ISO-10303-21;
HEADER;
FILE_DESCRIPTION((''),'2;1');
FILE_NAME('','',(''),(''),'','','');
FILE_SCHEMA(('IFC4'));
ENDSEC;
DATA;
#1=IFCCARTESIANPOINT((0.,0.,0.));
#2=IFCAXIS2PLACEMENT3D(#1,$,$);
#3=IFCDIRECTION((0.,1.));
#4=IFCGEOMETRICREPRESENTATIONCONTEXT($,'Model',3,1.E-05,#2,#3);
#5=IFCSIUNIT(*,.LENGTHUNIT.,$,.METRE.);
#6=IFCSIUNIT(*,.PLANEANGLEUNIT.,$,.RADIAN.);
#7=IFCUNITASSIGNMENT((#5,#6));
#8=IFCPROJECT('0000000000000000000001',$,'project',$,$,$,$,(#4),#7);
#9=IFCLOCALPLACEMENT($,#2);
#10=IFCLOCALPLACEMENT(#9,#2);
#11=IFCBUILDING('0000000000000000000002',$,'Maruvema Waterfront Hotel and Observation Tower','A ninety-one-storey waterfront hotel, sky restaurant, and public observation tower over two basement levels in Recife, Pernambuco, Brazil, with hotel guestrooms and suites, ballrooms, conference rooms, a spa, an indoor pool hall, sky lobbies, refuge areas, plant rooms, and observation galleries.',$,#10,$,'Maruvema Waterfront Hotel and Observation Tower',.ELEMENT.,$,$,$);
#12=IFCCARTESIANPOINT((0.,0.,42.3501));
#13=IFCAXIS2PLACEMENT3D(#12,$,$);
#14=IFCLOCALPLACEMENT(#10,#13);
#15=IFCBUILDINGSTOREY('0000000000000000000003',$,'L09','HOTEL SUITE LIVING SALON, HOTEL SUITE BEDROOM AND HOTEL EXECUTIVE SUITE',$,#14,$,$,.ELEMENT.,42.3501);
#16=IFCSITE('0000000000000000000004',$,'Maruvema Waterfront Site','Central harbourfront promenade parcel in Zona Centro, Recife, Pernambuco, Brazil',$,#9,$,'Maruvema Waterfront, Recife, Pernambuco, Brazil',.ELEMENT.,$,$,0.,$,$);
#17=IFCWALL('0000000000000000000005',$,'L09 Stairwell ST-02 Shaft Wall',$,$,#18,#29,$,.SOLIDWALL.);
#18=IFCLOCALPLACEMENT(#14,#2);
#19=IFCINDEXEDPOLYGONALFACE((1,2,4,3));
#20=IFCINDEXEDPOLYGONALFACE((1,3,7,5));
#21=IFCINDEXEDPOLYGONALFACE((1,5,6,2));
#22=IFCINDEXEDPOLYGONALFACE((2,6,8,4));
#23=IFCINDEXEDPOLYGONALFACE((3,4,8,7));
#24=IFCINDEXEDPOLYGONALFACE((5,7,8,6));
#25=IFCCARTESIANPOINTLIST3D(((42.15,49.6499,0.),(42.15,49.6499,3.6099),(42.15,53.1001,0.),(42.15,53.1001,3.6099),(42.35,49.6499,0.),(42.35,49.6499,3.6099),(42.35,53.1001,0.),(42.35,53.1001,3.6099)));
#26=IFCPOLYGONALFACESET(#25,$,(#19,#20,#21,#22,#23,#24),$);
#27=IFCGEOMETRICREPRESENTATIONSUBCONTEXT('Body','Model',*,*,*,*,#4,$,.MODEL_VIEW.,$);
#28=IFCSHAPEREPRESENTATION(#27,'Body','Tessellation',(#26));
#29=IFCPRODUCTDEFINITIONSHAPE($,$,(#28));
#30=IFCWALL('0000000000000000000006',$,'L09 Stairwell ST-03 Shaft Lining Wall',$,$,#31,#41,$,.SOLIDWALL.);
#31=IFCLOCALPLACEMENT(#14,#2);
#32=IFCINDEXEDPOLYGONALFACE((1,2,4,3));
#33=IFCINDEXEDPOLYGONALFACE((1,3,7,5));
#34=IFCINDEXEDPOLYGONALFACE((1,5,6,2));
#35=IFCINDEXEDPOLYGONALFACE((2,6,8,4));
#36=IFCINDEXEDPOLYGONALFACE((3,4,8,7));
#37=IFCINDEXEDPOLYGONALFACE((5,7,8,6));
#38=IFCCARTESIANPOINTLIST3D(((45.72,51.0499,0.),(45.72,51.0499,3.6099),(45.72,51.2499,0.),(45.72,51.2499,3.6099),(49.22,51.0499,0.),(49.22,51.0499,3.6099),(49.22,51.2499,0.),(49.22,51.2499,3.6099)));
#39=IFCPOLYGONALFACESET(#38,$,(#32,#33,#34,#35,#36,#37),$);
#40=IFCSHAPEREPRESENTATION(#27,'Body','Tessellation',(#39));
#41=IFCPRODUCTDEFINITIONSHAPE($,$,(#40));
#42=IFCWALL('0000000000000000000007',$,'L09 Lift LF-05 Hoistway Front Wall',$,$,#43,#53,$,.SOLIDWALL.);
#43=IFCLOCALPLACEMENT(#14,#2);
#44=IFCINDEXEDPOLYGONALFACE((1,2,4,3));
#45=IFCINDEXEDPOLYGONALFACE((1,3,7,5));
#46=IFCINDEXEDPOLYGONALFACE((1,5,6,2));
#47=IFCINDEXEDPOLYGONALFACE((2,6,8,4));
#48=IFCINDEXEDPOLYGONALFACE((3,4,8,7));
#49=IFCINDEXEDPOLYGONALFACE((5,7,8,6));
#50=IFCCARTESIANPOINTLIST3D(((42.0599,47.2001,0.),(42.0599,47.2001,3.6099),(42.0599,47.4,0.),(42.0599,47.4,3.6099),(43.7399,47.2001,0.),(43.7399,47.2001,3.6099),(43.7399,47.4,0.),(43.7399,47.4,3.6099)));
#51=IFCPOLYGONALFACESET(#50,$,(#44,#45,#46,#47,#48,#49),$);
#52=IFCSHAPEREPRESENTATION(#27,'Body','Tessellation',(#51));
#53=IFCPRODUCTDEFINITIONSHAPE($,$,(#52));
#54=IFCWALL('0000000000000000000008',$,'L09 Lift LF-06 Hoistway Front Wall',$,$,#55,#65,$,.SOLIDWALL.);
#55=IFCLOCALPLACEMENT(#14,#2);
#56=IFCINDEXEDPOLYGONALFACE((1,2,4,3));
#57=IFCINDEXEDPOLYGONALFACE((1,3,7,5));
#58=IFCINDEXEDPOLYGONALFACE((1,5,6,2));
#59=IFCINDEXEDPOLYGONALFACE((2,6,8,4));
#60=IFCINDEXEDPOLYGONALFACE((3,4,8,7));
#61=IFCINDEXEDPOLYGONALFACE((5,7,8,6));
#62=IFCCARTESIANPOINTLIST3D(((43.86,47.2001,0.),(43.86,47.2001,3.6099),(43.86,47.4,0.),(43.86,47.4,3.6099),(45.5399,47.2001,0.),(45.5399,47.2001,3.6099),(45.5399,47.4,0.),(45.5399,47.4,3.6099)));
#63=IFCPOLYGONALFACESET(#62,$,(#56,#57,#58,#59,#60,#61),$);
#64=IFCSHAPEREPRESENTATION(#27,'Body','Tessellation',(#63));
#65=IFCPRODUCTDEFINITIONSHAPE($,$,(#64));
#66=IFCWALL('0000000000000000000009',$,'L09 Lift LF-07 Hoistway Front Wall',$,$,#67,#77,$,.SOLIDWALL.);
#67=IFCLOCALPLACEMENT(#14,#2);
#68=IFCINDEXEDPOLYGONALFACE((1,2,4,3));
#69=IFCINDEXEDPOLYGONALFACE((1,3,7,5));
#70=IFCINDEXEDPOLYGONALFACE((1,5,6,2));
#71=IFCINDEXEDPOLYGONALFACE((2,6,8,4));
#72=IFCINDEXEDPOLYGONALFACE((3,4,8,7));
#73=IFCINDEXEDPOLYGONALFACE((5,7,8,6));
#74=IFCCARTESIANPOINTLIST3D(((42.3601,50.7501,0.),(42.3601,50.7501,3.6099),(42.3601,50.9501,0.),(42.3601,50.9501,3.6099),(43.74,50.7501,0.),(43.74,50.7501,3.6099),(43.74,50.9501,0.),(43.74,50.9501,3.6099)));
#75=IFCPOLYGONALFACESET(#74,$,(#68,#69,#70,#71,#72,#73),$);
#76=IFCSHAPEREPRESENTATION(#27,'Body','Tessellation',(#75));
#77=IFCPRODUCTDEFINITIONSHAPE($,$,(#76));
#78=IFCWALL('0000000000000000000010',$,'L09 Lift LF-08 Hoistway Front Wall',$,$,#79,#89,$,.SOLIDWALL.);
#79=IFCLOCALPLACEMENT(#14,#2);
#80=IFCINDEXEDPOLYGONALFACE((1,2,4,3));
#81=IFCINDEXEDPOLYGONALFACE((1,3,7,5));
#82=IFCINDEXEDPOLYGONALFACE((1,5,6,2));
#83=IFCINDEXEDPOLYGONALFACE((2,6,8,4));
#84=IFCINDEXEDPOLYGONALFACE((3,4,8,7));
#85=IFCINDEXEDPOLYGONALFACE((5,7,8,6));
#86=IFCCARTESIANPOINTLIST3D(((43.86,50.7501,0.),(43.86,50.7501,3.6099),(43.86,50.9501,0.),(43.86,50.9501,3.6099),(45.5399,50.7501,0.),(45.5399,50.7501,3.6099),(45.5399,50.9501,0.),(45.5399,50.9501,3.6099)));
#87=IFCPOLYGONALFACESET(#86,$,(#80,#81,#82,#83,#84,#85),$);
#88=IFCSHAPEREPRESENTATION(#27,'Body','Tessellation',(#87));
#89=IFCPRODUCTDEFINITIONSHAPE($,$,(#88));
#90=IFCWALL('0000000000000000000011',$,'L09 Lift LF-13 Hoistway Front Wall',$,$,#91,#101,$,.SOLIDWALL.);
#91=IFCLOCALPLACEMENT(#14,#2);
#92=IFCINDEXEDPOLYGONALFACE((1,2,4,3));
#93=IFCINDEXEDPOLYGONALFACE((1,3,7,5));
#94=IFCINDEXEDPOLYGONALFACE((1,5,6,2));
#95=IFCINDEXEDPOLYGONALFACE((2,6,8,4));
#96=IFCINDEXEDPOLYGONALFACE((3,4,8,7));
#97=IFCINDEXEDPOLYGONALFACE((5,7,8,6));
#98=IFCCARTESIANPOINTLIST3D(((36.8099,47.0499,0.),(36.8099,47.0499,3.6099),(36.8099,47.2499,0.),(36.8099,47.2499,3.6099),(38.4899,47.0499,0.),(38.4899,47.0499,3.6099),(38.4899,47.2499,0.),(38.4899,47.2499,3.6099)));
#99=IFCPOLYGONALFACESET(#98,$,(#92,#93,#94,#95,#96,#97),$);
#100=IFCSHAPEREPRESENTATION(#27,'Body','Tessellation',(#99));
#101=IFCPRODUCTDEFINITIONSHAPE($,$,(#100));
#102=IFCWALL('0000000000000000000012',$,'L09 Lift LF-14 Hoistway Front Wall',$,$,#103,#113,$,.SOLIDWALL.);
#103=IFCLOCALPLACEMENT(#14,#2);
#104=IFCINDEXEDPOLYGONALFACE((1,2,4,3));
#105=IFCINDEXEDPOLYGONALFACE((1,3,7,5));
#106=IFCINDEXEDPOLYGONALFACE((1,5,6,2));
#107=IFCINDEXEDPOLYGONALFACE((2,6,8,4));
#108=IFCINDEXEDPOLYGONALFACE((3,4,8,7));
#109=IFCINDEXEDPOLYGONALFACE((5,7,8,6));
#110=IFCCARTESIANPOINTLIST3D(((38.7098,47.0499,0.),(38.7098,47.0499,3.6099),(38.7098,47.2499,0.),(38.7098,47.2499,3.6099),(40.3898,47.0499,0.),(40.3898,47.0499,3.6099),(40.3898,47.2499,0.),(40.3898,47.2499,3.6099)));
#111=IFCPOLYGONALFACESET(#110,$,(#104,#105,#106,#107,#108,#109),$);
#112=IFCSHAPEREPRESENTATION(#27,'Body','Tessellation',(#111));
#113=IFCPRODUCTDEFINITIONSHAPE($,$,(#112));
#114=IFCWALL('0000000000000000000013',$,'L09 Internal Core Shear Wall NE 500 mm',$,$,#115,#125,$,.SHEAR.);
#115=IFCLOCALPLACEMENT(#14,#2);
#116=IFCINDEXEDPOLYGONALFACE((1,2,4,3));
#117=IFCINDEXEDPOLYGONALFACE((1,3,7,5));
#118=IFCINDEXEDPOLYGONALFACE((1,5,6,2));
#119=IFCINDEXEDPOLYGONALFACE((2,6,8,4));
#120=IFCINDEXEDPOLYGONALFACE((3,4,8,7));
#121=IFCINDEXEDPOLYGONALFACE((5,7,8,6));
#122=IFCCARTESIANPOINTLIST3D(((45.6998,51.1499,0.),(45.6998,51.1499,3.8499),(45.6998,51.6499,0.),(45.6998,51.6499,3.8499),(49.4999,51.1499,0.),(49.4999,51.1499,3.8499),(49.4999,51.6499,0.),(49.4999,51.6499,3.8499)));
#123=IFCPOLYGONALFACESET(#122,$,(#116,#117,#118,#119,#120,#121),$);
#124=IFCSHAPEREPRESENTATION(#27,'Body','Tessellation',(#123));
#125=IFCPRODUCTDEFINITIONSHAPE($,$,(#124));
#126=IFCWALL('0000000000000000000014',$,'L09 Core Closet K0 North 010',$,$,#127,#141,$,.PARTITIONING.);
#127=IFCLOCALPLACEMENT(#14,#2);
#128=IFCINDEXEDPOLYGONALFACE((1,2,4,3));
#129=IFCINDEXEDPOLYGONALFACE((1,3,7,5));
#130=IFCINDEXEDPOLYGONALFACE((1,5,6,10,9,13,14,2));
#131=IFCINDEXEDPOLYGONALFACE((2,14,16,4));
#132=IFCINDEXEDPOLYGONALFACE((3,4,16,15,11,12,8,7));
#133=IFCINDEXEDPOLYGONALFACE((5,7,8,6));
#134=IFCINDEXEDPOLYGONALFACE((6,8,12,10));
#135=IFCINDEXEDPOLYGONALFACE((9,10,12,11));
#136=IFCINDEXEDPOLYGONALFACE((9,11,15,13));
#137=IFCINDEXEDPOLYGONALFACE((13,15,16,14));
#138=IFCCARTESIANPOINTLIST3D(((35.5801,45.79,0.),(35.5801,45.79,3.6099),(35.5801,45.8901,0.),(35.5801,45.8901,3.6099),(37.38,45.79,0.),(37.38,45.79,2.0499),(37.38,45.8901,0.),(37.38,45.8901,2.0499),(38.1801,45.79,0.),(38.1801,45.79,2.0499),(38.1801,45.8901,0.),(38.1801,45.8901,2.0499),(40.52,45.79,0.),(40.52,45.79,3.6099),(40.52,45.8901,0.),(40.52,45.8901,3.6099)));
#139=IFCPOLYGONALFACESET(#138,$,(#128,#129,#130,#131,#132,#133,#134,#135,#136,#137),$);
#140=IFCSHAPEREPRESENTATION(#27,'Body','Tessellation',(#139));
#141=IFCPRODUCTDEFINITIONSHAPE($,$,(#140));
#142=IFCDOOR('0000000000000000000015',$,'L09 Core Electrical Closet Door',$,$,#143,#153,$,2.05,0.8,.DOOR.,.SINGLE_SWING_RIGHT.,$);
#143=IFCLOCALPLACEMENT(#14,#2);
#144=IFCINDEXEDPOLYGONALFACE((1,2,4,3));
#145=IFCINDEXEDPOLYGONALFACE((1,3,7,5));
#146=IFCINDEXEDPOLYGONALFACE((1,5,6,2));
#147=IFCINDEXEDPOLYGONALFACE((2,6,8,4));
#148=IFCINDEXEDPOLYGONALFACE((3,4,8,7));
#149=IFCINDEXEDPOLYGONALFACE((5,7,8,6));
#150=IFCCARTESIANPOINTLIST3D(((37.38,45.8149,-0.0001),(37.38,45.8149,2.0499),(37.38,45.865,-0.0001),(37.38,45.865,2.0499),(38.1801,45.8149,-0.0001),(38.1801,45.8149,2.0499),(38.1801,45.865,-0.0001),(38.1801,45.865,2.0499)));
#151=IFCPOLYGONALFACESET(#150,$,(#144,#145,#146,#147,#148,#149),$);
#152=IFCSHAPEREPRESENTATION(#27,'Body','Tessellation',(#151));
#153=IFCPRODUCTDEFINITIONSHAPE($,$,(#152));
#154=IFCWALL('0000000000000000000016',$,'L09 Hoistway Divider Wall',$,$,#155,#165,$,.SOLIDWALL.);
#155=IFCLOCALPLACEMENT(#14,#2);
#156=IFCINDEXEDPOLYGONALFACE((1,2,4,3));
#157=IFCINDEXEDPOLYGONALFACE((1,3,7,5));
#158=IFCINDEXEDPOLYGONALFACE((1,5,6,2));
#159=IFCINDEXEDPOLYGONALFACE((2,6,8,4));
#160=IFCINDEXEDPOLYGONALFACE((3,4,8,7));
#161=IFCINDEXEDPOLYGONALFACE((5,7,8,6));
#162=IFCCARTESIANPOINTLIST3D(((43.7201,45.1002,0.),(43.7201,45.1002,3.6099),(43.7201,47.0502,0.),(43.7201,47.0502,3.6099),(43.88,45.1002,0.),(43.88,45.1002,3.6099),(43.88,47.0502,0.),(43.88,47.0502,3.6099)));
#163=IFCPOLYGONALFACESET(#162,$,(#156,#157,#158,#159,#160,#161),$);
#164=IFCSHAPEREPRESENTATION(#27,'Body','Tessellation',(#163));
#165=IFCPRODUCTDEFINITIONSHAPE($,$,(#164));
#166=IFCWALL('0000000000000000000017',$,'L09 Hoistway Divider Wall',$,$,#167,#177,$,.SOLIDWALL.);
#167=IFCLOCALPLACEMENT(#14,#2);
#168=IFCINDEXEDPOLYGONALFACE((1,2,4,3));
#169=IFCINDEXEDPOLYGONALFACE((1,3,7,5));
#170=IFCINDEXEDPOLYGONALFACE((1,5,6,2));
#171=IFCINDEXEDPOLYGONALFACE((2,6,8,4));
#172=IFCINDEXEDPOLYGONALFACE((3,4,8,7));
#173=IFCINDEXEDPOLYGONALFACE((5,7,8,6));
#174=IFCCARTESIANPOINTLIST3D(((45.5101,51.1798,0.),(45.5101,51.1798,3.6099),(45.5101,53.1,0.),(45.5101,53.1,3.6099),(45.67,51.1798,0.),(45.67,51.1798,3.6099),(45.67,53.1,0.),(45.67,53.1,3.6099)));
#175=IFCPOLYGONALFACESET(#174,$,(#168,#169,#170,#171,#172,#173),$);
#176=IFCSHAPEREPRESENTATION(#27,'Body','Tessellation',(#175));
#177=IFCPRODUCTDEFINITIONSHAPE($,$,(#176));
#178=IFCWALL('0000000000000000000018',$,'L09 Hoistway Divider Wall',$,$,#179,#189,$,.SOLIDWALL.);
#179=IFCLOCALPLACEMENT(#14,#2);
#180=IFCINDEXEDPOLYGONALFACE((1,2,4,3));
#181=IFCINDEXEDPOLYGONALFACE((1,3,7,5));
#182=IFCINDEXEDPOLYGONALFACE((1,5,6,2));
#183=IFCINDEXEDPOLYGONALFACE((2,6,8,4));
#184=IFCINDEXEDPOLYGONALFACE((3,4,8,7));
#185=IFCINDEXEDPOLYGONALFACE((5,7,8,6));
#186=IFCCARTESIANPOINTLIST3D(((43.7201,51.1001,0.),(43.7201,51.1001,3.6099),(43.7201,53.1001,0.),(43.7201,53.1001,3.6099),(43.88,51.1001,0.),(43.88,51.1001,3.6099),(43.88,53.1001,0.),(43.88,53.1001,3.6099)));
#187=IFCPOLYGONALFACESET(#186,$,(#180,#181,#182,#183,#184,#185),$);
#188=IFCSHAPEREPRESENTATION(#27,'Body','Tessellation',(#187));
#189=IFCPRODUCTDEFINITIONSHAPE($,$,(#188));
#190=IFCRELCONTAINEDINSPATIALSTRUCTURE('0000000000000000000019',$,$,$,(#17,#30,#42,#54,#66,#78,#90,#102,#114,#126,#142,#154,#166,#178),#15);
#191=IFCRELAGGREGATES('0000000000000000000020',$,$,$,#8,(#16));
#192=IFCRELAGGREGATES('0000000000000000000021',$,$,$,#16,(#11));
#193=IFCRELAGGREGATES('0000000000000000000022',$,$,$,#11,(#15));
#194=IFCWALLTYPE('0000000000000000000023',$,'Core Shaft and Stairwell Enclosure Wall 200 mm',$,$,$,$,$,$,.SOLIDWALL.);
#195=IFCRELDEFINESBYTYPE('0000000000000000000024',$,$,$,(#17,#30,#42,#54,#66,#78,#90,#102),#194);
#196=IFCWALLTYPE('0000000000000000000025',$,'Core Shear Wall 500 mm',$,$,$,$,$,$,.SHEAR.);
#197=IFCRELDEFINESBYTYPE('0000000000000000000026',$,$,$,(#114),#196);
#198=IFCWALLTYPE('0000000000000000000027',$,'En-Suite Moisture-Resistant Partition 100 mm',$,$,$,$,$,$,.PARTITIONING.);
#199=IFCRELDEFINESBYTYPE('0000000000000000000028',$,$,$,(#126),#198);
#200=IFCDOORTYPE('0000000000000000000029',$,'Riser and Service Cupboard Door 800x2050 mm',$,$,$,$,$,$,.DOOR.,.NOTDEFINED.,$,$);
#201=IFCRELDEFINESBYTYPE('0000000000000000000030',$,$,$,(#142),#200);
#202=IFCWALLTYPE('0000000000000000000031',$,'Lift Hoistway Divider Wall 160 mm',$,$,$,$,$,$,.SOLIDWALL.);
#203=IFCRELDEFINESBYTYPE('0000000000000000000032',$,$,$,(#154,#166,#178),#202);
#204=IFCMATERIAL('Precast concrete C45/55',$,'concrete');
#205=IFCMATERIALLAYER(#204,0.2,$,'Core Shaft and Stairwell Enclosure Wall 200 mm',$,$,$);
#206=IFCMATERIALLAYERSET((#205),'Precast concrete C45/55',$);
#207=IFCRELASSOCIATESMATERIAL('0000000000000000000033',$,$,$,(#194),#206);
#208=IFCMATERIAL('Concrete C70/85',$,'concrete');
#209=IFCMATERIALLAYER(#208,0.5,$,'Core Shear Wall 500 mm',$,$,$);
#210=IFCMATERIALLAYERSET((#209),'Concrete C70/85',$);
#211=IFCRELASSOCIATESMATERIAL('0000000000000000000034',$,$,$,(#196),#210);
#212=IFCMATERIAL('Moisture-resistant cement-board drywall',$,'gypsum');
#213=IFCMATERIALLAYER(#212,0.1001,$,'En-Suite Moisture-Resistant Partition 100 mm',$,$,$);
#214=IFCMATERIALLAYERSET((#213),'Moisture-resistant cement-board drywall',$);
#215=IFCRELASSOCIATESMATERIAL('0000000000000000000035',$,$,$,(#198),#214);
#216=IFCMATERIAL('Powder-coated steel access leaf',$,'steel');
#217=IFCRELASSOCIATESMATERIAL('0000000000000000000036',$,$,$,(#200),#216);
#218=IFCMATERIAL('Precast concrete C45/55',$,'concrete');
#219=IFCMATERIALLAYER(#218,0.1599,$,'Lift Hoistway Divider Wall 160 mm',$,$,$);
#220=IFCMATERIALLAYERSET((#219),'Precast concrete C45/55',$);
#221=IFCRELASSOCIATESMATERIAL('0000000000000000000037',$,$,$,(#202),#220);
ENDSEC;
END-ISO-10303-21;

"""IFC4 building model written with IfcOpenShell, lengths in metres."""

from ifc_helpers import new_model, si_unit, direction, frame, frame_2d, origin, place, context, subcontext, project, spatial, rectangle, extrude, material, layer, layer_set, type_object, element, fill, save


model = new_model("IFC4")

# Units and contexts
model_context = context("Model", 3, precision=1e-05, world=origin(), true_north=direction((0.0, 1.0)))
body_context = subcontext(model_context, "Body", "Model", "MODEL_VIEW")
ifc_project = project(units=[si_unit("LENGTHUNIT", "METRE"), si_unit("PLANEANGLEUNIT", "RADIAN")], contexts=[model_context])

# Site, building, storey
site_placement = place(None, origin())
site = spatial("IfcSite", under=ifc_project, at=site_placement, Name="Maruvema Waterfront Site", Description="Central harbourfront promenade parcel in Zona Centro, Recife, Pernambuco, Brazil", LongName="Maruvema Waterfront, Recife, Pernambuco, Brazil", CompositionType="ELEMENT", RefElevation=0.0)
building_placement = place(site_placement, origin())
building = spatial("IfcBuilding", under=site, at=building_placement, Name="Maruvema Waterfront Hotel and Observation Tower", Description="A ninety-one-storey waterfront hotel, sky restaurant, and public observation tower over two basement levels in Recife, Pernambuco, Brazil, with hotel guestrooms and suites, ballrooms, conference rooms, a spa, an indoor pool hall, sky lobbies, refuge areas, plant rooms, and observation galleries.", LongName="Maruvema Waterfront Hotel and Observation Tower", CompositionType="ELEMENT")
storey_placement = place(building_placement, frame((0.0, 0.0, 42.3501)))
storey = spatial("IfcBuildingStorey", under=building, at=storey_placement, Name="L09", Description="HOTEL SUITE LIVING SALON, HOTEL SUITE BEDROOM AND HOTEL EXECUTIVE SUITE", CompositionType="ELEMENT", Elevation=42.3501)

# Walls
ifc_material_1 = material(Name="Precast concrete C45/55", Category="concrete")
ifc_layer_1 = layer(ifc_material_1, 0.2, Name="Core Shaft and Stairwell Enclosure Wall 200 mm")
ifc_layer_set_1 = layer_set([ifc_layer_1], Name="Precast concrete C45/55")
wall_type_1 = type_object("IfcWallType", Name="Core Shaft and Stairwell Enclosure Wall 200 mm", PredefinedType="SOLIDWALL", material=ifc_layer_set_1)
wall_1_placement = place(storey_placement, frame((42.25, 49.6499, 0.0), z_axis=(0.0, 0.0, 1.0), x_axis=(0.0, 1.0, 0.0)))
element("IfcWall", 1, at=wall_1_placement, inside=storey, type_object=wall_type_1, Name="L09 Stairwell ST-02 Shaft Wall", PredefinedType="SOLIDWALL", context=body_context, shape_type="SweptSolid", body=[
    extrude(rectangle(XDim=3.4502, YDim=0.2, at=frame_2d((1.7251, 0.0))), origin(), (0.0, 0.0, 1.0), 3.6099),
])
wall_2_placement = place(storey_placement, frame((45.72, 51.1499, 0.0), z_axis=(0.0, 0.0, 1.0), x_axis=(1.0, 0.0, 0.0)))
element("IfcWall", 2, at=wall_2_placement, inside=storey, type_object=wall_type_1, Name="L09 Stairwell ST-03 Shaft Lining Wall", PredefinedType="SOLIDWALL", context=body_context, shape_type="SweptSolid", body=[
    extrude(rectangle(XDim=3.5, YDim=0.2, at=frame_2d((1.75, 0.0))), origin(), (0.0, 0.0, 1.0), 3.6099),
])
for number, where, z_axis, x_axis, name in (
    (3, (42.0601, 47.3, 0.0), (0.0, 0.0, 1.0), (1.0, 0.0, 0.0), "L09 Lift LF-05 Hoistway Front Wall"),
    (4, (43.8601, 47.3, 0.0), (0.0, 0.0, 1.0), (1.0, 0.0, 0.0), "L09 Lift LF-06 Hoistway Front Wall"),
):
    element("IfcWall", number, at=place(storey_placement, frame(where, z_axis=z_axis, x_axis=x_axis)), inside=storey, type_object=wall_type_1, Name=name, PredefinedType="SOLIDWALL", context=body_context, shape_type="SweptSolid", body=[
        extrude(rectangle(XDim=1.6799, YDim=0.2, at=frame_2d((0.8398, 0.0))), origin(), (0.0, 0.0, 1.0), 3.6099),
    ])
wall_3_placement = place(storey_placement, frame((42.3601, 50.8501, 0.0), z_axis=(0.0, 0.0, 1.0), x_axis=(1.0, 0.0, 0.0)))
element("IfcWall", 5, at=wall_3_placement, inside=storey, type_object=wall_type_1, Name="L09 Lift LF-07 Hoistway Front Wall", PredefinedType="SOLIDWALL", context=body_context, shape_type="SweptSolid", body=[
    extrude(rectangle(XDim=1.3799, YDim=0.2, at=frame_2d((0.6899, 0.0))), origin(), (0.0, 0.0, 1.0), 3.6099),
])
for number, where, z_axis, x_axis, name in (
    (6, (43.8601, 50.8501, 0.0), (0.0, 0.0, 1.0), (1.0, 0.0, 0.0), "L09 Lift LF-08 Hoistway Front Wall"),
    (7, (36.8101, 47.1499, 0.0), (0.0, 0.0, 1.0), (1.0, 0.0, 0.0), "L09 Lift LF-13 Hoistway Front Wall"),
    (8, (38.71, 47.1499, 0.0), (0.0, 0.0, 1.0), (1.0, 0.0, 0.0), "L09 Lift LF-14 Hoistway Front Wall"),
):
    element("IfcWall", number, at=place(storey_placement, frame(where, z_axis=z_axis, x_axis=x_axis)), inside=storey, type_object=wall_type_1, Name=name, PredefinedType="SOLIDWALL", context=body_context, shape_type="SweptSolid", body=[
        extrude(rectangle(XDim=1.6799, YDim=0.2, at=frame_2d((0.8398, 0.0))), origin(), (0.0, 0.0, 1.0), 3.6099),
    ])
ifc_material_2 = material(Name="Concrete C70/85", Category="concrete")
ifc_layer_2 = layer(ifc_material_2, 0.5, Name="Core Shear Wall 500 mm")
ifc_layer_set_2 = layer_set([ifc_layer_2], Name="Concrete C70/85")
wall_type_2 = type_object("IfcWallType", Name="Core Shear Wall 500 mm", PredefinedType="SHEAR", material=ifc_layer_set_2)
wall_4_placement = place(storey_placement, frame((45.7, 51.3999, 0.0), z_axis=(0.0, 0.0, 1.0), x_axis=(1.0, 0.0, 0.0)))
element("IfcWall", 9, at=wall_4_placement, inside=storey, type_object=wall_type_2, Name="L09 Internal Core Shear Wall NE 500 mm", PredefinedType="SHEAR", context=body_context, shape_type="SweptSolid", body=[
    extrude(rectangle(XDim=3.8, YDim=0.5, at=frame_2d((1.8999, 0.0))), origin(), (0.0, 0.0, 1.0), 3.8499),
])

# Wall, opening, door
ifc_material_3 = material(Name="Moisture-resistant cement-board drywall", Category="gypsum")
ifc_layer_3 = layer(ifc_material_3, 0.1001, Name="En-Suite Moisture-Resistant Partition 100 mm")
ifc_layer_set_3 = layer_set([ifc_layer_3], Name="Moisture-resistant cement-board drywall")
wall_type_3 = type_object("IfcWallType", Name="En-Suite Moisture-Resistant Partition 100 mm", PredefinedType="PARTITIONING", material=ifc_layer_set_3)
wall_5_placement = place(storey_placement, frame((35.5801, 45.8401, 0.0), z_axis=(0.0, 0.0, 1.0), x_axis=(1.0, 0.0, 0.0)))
wall_5 = element("IfcWall", 10, at=wall_5_placement, inside=storey, type_object=wall_type_3, Name="L09 Core Closet K0 North 010", PredefinedType="PARTITIONING", context=body_context, shape_type="SweptSolid", body=[
    extrude(rectangle(XDim=4.9399, YDim=0.1001, at=frame_2d((2.47, 0.0))), origin(), (0.0, 0.0, 1.0), 3.6099),
])
opening_placement = place(wall_5_placement, frame((1.8, 0.0, 0.0)))
opening = element("IfcOpeningElement", 11, at=opening_placement, cuts=wall_5, PredefinedType="OPENING", context=body_context, shape_type="SweptSolid", body=[
    extrude(rectangle(XDim=0.8, YDim=2.05, at=frame_2d((0.3999, 1.0249))), frame((0.0, 0.0601, 0.0), z_axis=(0.0, -1.0, 0.0), x_axis=(1.0, 0.0, 0.0)), (0.0, 0.0, 1.0), 0.1201),
])
ifc_material_4 = material(Name="Powder-coated steel access leaf", Category="steel")
door_type = type_object("IfcDoorType", Name="Riser and Service Cupboard Door 800x2050 mm", OperationType="NOTDEFINED", PredefinedType="DOOR", material=ifc_material_4)
door_placement = place(opening_placement, origin())
door = element("IfcDoor", 12, at=door_placement, inside=storey, type_object=door_type, Name="L09 Core Electrical Closet Door", OperationType="SINGLE_SWING_RIGHT", OverallHeight=2.05, OverallWidth=0.8, PredefinedType="DOOR", context=body_context, shape_type="SweptSolid", body=[
    extrude(rectangle(XDim=0.8, YDim=2.05, at=frame_2d((0.3999, 1.0249))), frame((0.0, 0.0249, 0.0), z_axis=(0.0, -1.0, 0.0), x_axis=(1.0, 0.0, 0.0)), (0.0, 0.0, 1.0), 0.05),
])
fill(opening, door)

# Walls
ifc_material_5 = material(Name="Precast concrete C45/55", Category="concrete")
ifc_layer_4 = layer(ifc_material_5, 0.1599, Name="Lift Hoistway Divider Wall 160 mm")
ifc_layer_set_4 = layer_set([ifc_layer_4], Name="Precast concrete C45/55")
wall_type_4 = type_object("IfcWallType", Name="Lift Hoistway Divider Wall 160 mm", PredefinedType="SOLIDWALL", material=ifc_layer_set_4)
wall_6_placement = place(storey_placement, frame((43.8, 45.1001, 0.0), z_axis=(0.0, 0.0, 1.0), x_axis=(0.0, 1.0, 0.0)))
element("IfcWall", 13, at=wall_6_placement, inside=storey, type_object=wall_type_4, Name="L09 Hoistway Divider Wall", PredefinedType="SOLIDWALL", context=body_context, shape_type="SweptSolid", body=[
    extrude(rectangle(XDim=1.95, YDim=0.1599, at=frame_2d((0.9751, 0.0))), origin(), (0.0, 0.0, 1.0), 3.6099),
])
wall_7_placement = place(storey_placement, frame((45.5901, 51.1799, 0.0), z_axis=(0.0, 0.0, 1.0), x_axis=(0.0, 1.0, 0.0)))
element("IfcWall", 14, at=wall_7_placement, inside=storey, type_object=wall_type_4, Name="L09 Hoistway Divider Wall", PredefinedType="SOLIDWALL", context=body_context, shape_type="SweptSolid", body=[
    extrude(rectangle(XDim=1.9202, YDim=0.1599, at=frame_2d((0.96, 0.0))), origin(), (0.0, 0.0, 1.0), 3.6099),
])
wall_8_placement = place(storey_placement, frame((43.8, 51.1001, 0.0), z_axis=(0.0, 0.0, 1.0), x_axis=(0.0, 1.0, 0.0)))
element("IfcWall", 15, at=wall_8_placement, inside=storey, type_object=wall_type_4, Name="L09 Hoistway Divider Wall", PredefinedType="SOLIDWALL", context=body_context, shape_type="SweptSolid", body=[
    extrude(rectangle(XDim=2.0, YDim=0.1599, at=frame_2d((1.0, 0.0))), origin(), (0.0, 0.0, 1.0), 3.6099),
])

save(model, "model.ifc")
